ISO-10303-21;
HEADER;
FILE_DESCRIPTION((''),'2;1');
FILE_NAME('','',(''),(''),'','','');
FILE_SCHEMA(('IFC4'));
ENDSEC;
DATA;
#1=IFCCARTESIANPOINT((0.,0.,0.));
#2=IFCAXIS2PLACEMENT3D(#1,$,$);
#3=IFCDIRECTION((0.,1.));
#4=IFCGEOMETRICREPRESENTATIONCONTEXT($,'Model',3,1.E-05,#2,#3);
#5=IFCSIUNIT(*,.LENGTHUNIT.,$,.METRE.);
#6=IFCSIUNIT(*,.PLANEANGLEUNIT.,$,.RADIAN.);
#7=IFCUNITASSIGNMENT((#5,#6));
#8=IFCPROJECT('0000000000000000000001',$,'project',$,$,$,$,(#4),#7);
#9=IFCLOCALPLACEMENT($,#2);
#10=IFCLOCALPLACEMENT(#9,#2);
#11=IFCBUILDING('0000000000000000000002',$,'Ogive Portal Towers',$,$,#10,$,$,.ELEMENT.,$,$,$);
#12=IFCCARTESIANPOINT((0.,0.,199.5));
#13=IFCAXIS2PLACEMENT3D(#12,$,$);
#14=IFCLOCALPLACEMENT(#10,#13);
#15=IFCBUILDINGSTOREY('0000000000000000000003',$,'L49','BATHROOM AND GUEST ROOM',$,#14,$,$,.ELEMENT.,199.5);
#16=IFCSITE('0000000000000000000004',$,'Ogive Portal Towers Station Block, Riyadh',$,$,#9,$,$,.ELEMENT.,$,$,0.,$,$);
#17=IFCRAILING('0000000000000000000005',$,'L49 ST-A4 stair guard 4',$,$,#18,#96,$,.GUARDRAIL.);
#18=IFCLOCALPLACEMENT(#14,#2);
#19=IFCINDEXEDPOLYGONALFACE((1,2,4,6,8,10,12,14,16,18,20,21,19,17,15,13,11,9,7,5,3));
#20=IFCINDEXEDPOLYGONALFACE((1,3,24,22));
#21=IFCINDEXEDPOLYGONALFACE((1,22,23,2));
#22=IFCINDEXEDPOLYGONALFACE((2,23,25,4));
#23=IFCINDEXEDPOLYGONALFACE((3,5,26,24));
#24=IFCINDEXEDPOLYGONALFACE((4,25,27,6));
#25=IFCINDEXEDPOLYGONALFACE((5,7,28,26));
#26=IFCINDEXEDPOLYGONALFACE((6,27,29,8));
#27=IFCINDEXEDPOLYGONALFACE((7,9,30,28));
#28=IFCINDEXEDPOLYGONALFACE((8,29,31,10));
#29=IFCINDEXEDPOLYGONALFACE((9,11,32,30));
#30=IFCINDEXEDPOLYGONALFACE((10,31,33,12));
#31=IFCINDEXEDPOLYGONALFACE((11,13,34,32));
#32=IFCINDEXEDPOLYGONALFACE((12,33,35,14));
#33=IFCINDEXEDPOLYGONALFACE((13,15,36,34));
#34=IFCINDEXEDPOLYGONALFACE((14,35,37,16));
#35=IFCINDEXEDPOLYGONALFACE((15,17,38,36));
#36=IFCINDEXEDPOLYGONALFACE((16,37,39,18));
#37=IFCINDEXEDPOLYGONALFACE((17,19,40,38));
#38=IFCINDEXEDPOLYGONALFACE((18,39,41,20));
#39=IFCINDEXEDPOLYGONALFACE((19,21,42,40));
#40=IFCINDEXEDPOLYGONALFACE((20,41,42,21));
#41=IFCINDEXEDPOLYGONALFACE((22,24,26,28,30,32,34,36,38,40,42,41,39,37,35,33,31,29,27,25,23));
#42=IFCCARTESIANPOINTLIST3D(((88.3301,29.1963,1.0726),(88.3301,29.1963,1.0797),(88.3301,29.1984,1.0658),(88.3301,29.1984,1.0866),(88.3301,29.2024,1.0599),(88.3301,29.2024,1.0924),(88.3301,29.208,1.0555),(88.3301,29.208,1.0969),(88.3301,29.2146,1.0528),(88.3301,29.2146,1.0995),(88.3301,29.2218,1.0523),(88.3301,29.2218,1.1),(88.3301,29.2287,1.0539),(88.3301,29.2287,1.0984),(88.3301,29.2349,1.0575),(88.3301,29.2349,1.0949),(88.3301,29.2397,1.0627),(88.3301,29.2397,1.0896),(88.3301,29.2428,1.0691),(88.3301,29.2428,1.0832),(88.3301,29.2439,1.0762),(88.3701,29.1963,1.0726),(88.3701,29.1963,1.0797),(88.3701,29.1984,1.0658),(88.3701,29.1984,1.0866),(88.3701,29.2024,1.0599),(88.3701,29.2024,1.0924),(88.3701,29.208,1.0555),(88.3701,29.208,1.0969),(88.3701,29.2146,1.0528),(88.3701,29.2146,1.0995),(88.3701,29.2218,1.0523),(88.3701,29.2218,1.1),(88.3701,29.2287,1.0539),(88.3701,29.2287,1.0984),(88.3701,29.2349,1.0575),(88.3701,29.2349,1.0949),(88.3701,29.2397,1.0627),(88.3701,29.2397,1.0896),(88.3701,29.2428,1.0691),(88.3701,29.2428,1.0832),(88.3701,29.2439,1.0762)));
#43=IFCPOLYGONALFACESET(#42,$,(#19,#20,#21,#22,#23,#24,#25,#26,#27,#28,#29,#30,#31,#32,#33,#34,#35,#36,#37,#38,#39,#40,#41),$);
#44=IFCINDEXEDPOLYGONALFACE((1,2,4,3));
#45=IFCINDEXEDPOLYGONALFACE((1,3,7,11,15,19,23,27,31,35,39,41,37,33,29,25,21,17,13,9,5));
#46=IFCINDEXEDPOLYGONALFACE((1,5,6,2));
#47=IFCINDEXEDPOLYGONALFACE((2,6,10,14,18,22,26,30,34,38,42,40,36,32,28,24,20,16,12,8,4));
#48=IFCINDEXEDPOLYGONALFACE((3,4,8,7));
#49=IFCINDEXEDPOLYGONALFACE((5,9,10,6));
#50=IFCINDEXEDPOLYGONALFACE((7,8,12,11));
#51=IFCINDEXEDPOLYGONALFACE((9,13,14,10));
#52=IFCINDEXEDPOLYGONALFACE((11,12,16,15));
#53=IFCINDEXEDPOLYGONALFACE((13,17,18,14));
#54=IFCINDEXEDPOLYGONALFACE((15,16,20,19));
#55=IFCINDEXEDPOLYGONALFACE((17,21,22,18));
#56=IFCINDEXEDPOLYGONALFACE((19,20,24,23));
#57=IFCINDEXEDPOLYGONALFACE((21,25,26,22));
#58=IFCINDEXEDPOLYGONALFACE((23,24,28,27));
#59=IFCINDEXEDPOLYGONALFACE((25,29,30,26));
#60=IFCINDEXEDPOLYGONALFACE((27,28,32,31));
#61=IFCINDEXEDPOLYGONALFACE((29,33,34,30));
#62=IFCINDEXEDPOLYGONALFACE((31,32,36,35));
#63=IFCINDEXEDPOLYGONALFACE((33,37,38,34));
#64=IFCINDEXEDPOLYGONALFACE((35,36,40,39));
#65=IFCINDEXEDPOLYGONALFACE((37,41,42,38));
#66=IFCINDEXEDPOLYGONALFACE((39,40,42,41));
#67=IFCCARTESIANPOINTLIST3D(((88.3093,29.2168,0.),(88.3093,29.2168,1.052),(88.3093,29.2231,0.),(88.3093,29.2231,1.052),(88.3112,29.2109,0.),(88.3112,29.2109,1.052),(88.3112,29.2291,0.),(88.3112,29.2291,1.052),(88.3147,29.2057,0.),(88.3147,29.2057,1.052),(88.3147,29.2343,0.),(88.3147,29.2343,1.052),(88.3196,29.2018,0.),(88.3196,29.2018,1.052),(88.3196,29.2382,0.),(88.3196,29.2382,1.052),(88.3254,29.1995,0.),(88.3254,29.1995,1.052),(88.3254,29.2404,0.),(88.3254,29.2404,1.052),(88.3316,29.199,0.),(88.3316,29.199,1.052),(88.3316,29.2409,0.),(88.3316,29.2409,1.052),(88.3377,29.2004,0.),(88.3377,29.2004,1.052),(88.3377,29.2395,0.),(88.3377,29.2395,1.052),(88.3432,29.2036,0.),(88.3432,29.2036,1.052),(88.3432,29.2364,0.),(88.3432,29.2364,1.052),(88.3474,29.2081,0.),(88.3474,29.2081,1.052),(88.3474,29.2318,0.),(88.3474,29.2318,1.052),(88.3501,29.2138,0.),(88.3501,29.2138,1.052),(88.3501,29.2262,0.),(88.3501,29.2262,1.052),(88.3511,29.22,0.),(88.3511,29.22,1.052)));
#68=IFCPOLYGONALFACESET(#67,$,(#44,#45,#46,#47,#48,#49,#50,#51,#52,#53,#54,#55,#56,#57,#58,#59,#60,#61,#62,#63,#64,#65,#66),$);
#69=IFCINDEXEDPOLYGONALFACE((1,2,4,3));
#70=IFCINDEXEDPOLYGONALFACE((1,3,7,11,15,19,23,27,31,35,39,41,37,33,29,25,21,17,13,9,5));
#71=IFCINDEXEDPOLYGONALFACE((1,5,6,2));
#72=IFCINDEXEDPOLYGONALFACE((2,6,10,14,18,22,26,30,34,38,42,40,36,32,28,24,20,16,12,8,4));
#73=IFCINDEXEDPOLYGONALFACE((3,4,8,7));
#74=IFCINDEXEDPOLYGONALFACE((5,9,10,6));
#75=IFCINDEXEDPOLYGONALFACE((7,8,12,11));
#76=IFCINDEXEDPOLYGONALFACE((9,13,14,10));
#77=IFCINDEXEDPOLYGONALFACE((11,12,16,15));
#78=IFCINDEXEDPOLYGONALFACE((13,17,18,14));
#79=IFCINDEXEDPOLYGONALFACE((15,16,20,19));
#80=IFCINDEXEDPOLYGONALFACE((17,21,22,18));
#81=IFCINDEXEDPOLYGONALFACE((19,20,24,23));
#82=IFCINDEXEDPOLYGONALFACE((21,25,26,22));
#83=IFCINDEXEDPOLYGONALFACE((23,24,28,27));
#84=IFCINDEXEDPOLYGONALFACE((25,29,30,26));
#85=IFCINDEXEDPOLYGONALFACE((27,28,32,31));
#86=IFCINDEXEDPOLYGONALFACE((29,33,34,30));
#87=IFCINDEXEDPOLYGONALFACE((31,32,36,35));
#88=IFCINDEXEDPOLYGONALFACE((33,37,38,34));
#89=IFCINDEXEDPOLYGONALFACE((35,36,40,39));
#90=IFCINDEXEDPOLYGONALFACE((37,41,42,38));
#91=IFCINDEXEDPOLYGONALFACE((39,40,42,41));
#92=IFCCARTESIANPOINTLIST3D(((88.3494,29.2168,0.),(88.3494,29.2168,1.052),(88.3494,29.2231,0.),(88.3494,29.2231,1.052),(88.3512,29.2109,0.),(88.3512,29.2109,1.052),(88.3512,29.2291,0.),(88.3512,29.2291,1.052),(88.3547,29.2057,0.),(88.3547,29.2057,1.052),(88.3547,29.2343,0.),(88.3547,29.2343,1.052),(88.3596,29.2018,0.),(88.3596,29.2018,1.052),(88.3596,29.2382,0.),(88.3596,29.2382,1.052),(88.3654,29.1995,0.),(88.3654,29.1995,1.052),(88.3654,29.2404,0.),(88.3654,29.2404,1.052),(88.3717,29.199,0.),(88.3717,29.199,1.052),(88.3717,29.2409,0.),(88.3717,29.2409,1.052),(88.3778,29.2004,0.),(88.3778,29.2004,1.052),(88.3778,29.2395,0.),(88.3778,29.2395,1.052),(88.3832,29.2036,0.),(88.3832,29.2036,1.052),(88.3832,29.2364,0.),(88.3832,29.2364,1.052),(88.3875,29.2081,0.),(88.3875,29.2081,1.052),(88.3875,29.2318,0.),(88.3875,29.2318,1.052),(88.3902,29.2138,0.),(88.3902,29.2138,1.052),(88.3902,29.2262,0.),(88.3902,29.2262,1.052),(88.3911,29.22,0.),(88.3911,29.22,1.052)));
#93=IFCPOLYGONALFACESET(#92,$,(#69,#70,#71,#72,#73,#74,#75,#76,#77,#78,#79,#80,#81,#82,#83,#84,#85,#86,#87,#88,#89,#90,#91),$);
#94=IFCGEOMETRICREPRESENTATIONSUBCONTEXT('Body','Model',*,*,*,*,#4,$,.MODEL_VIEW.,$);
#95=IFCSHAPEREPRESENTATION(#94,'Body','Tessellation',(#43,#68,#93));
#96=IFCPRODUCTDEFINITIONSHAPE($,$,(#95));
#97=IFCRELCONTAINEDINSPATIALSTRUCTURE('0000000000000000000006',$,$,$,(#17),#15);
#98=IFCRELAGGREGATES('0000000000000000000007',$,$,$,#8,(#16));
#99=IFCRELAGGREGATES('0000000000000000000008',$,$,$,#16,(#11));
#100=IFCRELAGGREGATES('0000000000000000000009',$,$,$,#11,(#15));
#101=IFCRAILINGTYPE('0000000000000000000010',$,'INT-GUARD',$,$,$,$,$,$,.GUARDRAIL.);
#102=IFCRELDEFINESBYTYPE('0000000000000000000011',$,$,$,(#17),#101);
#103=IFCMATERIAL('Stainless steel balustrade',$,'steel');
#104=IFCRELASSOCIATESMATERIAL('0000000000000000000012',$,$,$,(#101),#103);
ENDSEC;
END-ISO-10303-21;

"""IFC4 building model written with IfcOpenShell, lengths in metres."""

from ifc_helpers import new_model, si_unit, direction, frame, origin, origin_2d, place, context, subcontext, project, spatial, circle, extrude, material, type_object, element, save


model = new_model("IFC4")

# Units and contexts
model_context = context("Model", 3, precision=1e-05, world=origin(), true_north=direction((0.0, 1.0)))
body_context = subcontext(model_context, "Body", "Model", "MODEL_VIEW")
ifc_project = project(units=[si_unit("LENGTHUNIT", "METRE"), si_unit("PLANEANGLEUNIT", "RADIAN")], contexts=[model_context])

# Site, building, storey
site_placement = place(None, origin())
site = spatial("IfcSite", under=ifc_project, at=site_placement, Name="Ogive Portal Towers Station Block, Riyadh", CompositionType="ELEMENT", RefElevation=0.0)
building_placement = place(site_placement, origin())
building = spatial("IfcBuilding", under=site, at=building_placement, Name="Ogive Portal Towers", CompositionType="ELEMENT")
storey_placement = place(building_placement, frame((0.0, 0.0, 199.5)))
storey = spatial("IfcBuildingStorey", under=building, at=storey_placement, Name="L49", Description="BATHROOM AND GUEST ROOM", CompositionType="ELEMENT", Elevation=199.5)

# Railing
ifc_material_1 = material(Name="Stainless steel balustrade", Category="steel")
railing_type_1 = type_object("IfcRailingType", Name="INT-GUARD", PredefinedType="GUARDRAIL", material=ifc_material_1)
railing_1_placement = place(storey_placement, frame((88.3301, 29.22, 0.0)))
element("IfcRailing", 1, at=railing_1_placement, inside=storey, type_object=railing_type_1, Name="L49 ST-A4 stair guard 4", PredefinedType="GUARDRAIL", context=body_context, shape_type="SweptSolid", body=[
    extrude(circle(Radius=0.0239, at=origin_2d()), frame((0.0, 0.0, 1.0762), z_axis=(1.0, 0.0, 0.0), x_axis=(0.0, 1.0, 0.0)), (0.0, 0.0, 1.0), 0.04),
    extrude(circle(Radius=0.021, at=origin_2d()), origin(), (0.0, 0.0, 1.0), 1.052),
    extrude(circle(Radius=0.021, at=origin_2d()), frame((0.04, 0.0, 0.0)), (0.0, 0.0, 1.0), 1.052),
])

save(model, "model.ifc")
